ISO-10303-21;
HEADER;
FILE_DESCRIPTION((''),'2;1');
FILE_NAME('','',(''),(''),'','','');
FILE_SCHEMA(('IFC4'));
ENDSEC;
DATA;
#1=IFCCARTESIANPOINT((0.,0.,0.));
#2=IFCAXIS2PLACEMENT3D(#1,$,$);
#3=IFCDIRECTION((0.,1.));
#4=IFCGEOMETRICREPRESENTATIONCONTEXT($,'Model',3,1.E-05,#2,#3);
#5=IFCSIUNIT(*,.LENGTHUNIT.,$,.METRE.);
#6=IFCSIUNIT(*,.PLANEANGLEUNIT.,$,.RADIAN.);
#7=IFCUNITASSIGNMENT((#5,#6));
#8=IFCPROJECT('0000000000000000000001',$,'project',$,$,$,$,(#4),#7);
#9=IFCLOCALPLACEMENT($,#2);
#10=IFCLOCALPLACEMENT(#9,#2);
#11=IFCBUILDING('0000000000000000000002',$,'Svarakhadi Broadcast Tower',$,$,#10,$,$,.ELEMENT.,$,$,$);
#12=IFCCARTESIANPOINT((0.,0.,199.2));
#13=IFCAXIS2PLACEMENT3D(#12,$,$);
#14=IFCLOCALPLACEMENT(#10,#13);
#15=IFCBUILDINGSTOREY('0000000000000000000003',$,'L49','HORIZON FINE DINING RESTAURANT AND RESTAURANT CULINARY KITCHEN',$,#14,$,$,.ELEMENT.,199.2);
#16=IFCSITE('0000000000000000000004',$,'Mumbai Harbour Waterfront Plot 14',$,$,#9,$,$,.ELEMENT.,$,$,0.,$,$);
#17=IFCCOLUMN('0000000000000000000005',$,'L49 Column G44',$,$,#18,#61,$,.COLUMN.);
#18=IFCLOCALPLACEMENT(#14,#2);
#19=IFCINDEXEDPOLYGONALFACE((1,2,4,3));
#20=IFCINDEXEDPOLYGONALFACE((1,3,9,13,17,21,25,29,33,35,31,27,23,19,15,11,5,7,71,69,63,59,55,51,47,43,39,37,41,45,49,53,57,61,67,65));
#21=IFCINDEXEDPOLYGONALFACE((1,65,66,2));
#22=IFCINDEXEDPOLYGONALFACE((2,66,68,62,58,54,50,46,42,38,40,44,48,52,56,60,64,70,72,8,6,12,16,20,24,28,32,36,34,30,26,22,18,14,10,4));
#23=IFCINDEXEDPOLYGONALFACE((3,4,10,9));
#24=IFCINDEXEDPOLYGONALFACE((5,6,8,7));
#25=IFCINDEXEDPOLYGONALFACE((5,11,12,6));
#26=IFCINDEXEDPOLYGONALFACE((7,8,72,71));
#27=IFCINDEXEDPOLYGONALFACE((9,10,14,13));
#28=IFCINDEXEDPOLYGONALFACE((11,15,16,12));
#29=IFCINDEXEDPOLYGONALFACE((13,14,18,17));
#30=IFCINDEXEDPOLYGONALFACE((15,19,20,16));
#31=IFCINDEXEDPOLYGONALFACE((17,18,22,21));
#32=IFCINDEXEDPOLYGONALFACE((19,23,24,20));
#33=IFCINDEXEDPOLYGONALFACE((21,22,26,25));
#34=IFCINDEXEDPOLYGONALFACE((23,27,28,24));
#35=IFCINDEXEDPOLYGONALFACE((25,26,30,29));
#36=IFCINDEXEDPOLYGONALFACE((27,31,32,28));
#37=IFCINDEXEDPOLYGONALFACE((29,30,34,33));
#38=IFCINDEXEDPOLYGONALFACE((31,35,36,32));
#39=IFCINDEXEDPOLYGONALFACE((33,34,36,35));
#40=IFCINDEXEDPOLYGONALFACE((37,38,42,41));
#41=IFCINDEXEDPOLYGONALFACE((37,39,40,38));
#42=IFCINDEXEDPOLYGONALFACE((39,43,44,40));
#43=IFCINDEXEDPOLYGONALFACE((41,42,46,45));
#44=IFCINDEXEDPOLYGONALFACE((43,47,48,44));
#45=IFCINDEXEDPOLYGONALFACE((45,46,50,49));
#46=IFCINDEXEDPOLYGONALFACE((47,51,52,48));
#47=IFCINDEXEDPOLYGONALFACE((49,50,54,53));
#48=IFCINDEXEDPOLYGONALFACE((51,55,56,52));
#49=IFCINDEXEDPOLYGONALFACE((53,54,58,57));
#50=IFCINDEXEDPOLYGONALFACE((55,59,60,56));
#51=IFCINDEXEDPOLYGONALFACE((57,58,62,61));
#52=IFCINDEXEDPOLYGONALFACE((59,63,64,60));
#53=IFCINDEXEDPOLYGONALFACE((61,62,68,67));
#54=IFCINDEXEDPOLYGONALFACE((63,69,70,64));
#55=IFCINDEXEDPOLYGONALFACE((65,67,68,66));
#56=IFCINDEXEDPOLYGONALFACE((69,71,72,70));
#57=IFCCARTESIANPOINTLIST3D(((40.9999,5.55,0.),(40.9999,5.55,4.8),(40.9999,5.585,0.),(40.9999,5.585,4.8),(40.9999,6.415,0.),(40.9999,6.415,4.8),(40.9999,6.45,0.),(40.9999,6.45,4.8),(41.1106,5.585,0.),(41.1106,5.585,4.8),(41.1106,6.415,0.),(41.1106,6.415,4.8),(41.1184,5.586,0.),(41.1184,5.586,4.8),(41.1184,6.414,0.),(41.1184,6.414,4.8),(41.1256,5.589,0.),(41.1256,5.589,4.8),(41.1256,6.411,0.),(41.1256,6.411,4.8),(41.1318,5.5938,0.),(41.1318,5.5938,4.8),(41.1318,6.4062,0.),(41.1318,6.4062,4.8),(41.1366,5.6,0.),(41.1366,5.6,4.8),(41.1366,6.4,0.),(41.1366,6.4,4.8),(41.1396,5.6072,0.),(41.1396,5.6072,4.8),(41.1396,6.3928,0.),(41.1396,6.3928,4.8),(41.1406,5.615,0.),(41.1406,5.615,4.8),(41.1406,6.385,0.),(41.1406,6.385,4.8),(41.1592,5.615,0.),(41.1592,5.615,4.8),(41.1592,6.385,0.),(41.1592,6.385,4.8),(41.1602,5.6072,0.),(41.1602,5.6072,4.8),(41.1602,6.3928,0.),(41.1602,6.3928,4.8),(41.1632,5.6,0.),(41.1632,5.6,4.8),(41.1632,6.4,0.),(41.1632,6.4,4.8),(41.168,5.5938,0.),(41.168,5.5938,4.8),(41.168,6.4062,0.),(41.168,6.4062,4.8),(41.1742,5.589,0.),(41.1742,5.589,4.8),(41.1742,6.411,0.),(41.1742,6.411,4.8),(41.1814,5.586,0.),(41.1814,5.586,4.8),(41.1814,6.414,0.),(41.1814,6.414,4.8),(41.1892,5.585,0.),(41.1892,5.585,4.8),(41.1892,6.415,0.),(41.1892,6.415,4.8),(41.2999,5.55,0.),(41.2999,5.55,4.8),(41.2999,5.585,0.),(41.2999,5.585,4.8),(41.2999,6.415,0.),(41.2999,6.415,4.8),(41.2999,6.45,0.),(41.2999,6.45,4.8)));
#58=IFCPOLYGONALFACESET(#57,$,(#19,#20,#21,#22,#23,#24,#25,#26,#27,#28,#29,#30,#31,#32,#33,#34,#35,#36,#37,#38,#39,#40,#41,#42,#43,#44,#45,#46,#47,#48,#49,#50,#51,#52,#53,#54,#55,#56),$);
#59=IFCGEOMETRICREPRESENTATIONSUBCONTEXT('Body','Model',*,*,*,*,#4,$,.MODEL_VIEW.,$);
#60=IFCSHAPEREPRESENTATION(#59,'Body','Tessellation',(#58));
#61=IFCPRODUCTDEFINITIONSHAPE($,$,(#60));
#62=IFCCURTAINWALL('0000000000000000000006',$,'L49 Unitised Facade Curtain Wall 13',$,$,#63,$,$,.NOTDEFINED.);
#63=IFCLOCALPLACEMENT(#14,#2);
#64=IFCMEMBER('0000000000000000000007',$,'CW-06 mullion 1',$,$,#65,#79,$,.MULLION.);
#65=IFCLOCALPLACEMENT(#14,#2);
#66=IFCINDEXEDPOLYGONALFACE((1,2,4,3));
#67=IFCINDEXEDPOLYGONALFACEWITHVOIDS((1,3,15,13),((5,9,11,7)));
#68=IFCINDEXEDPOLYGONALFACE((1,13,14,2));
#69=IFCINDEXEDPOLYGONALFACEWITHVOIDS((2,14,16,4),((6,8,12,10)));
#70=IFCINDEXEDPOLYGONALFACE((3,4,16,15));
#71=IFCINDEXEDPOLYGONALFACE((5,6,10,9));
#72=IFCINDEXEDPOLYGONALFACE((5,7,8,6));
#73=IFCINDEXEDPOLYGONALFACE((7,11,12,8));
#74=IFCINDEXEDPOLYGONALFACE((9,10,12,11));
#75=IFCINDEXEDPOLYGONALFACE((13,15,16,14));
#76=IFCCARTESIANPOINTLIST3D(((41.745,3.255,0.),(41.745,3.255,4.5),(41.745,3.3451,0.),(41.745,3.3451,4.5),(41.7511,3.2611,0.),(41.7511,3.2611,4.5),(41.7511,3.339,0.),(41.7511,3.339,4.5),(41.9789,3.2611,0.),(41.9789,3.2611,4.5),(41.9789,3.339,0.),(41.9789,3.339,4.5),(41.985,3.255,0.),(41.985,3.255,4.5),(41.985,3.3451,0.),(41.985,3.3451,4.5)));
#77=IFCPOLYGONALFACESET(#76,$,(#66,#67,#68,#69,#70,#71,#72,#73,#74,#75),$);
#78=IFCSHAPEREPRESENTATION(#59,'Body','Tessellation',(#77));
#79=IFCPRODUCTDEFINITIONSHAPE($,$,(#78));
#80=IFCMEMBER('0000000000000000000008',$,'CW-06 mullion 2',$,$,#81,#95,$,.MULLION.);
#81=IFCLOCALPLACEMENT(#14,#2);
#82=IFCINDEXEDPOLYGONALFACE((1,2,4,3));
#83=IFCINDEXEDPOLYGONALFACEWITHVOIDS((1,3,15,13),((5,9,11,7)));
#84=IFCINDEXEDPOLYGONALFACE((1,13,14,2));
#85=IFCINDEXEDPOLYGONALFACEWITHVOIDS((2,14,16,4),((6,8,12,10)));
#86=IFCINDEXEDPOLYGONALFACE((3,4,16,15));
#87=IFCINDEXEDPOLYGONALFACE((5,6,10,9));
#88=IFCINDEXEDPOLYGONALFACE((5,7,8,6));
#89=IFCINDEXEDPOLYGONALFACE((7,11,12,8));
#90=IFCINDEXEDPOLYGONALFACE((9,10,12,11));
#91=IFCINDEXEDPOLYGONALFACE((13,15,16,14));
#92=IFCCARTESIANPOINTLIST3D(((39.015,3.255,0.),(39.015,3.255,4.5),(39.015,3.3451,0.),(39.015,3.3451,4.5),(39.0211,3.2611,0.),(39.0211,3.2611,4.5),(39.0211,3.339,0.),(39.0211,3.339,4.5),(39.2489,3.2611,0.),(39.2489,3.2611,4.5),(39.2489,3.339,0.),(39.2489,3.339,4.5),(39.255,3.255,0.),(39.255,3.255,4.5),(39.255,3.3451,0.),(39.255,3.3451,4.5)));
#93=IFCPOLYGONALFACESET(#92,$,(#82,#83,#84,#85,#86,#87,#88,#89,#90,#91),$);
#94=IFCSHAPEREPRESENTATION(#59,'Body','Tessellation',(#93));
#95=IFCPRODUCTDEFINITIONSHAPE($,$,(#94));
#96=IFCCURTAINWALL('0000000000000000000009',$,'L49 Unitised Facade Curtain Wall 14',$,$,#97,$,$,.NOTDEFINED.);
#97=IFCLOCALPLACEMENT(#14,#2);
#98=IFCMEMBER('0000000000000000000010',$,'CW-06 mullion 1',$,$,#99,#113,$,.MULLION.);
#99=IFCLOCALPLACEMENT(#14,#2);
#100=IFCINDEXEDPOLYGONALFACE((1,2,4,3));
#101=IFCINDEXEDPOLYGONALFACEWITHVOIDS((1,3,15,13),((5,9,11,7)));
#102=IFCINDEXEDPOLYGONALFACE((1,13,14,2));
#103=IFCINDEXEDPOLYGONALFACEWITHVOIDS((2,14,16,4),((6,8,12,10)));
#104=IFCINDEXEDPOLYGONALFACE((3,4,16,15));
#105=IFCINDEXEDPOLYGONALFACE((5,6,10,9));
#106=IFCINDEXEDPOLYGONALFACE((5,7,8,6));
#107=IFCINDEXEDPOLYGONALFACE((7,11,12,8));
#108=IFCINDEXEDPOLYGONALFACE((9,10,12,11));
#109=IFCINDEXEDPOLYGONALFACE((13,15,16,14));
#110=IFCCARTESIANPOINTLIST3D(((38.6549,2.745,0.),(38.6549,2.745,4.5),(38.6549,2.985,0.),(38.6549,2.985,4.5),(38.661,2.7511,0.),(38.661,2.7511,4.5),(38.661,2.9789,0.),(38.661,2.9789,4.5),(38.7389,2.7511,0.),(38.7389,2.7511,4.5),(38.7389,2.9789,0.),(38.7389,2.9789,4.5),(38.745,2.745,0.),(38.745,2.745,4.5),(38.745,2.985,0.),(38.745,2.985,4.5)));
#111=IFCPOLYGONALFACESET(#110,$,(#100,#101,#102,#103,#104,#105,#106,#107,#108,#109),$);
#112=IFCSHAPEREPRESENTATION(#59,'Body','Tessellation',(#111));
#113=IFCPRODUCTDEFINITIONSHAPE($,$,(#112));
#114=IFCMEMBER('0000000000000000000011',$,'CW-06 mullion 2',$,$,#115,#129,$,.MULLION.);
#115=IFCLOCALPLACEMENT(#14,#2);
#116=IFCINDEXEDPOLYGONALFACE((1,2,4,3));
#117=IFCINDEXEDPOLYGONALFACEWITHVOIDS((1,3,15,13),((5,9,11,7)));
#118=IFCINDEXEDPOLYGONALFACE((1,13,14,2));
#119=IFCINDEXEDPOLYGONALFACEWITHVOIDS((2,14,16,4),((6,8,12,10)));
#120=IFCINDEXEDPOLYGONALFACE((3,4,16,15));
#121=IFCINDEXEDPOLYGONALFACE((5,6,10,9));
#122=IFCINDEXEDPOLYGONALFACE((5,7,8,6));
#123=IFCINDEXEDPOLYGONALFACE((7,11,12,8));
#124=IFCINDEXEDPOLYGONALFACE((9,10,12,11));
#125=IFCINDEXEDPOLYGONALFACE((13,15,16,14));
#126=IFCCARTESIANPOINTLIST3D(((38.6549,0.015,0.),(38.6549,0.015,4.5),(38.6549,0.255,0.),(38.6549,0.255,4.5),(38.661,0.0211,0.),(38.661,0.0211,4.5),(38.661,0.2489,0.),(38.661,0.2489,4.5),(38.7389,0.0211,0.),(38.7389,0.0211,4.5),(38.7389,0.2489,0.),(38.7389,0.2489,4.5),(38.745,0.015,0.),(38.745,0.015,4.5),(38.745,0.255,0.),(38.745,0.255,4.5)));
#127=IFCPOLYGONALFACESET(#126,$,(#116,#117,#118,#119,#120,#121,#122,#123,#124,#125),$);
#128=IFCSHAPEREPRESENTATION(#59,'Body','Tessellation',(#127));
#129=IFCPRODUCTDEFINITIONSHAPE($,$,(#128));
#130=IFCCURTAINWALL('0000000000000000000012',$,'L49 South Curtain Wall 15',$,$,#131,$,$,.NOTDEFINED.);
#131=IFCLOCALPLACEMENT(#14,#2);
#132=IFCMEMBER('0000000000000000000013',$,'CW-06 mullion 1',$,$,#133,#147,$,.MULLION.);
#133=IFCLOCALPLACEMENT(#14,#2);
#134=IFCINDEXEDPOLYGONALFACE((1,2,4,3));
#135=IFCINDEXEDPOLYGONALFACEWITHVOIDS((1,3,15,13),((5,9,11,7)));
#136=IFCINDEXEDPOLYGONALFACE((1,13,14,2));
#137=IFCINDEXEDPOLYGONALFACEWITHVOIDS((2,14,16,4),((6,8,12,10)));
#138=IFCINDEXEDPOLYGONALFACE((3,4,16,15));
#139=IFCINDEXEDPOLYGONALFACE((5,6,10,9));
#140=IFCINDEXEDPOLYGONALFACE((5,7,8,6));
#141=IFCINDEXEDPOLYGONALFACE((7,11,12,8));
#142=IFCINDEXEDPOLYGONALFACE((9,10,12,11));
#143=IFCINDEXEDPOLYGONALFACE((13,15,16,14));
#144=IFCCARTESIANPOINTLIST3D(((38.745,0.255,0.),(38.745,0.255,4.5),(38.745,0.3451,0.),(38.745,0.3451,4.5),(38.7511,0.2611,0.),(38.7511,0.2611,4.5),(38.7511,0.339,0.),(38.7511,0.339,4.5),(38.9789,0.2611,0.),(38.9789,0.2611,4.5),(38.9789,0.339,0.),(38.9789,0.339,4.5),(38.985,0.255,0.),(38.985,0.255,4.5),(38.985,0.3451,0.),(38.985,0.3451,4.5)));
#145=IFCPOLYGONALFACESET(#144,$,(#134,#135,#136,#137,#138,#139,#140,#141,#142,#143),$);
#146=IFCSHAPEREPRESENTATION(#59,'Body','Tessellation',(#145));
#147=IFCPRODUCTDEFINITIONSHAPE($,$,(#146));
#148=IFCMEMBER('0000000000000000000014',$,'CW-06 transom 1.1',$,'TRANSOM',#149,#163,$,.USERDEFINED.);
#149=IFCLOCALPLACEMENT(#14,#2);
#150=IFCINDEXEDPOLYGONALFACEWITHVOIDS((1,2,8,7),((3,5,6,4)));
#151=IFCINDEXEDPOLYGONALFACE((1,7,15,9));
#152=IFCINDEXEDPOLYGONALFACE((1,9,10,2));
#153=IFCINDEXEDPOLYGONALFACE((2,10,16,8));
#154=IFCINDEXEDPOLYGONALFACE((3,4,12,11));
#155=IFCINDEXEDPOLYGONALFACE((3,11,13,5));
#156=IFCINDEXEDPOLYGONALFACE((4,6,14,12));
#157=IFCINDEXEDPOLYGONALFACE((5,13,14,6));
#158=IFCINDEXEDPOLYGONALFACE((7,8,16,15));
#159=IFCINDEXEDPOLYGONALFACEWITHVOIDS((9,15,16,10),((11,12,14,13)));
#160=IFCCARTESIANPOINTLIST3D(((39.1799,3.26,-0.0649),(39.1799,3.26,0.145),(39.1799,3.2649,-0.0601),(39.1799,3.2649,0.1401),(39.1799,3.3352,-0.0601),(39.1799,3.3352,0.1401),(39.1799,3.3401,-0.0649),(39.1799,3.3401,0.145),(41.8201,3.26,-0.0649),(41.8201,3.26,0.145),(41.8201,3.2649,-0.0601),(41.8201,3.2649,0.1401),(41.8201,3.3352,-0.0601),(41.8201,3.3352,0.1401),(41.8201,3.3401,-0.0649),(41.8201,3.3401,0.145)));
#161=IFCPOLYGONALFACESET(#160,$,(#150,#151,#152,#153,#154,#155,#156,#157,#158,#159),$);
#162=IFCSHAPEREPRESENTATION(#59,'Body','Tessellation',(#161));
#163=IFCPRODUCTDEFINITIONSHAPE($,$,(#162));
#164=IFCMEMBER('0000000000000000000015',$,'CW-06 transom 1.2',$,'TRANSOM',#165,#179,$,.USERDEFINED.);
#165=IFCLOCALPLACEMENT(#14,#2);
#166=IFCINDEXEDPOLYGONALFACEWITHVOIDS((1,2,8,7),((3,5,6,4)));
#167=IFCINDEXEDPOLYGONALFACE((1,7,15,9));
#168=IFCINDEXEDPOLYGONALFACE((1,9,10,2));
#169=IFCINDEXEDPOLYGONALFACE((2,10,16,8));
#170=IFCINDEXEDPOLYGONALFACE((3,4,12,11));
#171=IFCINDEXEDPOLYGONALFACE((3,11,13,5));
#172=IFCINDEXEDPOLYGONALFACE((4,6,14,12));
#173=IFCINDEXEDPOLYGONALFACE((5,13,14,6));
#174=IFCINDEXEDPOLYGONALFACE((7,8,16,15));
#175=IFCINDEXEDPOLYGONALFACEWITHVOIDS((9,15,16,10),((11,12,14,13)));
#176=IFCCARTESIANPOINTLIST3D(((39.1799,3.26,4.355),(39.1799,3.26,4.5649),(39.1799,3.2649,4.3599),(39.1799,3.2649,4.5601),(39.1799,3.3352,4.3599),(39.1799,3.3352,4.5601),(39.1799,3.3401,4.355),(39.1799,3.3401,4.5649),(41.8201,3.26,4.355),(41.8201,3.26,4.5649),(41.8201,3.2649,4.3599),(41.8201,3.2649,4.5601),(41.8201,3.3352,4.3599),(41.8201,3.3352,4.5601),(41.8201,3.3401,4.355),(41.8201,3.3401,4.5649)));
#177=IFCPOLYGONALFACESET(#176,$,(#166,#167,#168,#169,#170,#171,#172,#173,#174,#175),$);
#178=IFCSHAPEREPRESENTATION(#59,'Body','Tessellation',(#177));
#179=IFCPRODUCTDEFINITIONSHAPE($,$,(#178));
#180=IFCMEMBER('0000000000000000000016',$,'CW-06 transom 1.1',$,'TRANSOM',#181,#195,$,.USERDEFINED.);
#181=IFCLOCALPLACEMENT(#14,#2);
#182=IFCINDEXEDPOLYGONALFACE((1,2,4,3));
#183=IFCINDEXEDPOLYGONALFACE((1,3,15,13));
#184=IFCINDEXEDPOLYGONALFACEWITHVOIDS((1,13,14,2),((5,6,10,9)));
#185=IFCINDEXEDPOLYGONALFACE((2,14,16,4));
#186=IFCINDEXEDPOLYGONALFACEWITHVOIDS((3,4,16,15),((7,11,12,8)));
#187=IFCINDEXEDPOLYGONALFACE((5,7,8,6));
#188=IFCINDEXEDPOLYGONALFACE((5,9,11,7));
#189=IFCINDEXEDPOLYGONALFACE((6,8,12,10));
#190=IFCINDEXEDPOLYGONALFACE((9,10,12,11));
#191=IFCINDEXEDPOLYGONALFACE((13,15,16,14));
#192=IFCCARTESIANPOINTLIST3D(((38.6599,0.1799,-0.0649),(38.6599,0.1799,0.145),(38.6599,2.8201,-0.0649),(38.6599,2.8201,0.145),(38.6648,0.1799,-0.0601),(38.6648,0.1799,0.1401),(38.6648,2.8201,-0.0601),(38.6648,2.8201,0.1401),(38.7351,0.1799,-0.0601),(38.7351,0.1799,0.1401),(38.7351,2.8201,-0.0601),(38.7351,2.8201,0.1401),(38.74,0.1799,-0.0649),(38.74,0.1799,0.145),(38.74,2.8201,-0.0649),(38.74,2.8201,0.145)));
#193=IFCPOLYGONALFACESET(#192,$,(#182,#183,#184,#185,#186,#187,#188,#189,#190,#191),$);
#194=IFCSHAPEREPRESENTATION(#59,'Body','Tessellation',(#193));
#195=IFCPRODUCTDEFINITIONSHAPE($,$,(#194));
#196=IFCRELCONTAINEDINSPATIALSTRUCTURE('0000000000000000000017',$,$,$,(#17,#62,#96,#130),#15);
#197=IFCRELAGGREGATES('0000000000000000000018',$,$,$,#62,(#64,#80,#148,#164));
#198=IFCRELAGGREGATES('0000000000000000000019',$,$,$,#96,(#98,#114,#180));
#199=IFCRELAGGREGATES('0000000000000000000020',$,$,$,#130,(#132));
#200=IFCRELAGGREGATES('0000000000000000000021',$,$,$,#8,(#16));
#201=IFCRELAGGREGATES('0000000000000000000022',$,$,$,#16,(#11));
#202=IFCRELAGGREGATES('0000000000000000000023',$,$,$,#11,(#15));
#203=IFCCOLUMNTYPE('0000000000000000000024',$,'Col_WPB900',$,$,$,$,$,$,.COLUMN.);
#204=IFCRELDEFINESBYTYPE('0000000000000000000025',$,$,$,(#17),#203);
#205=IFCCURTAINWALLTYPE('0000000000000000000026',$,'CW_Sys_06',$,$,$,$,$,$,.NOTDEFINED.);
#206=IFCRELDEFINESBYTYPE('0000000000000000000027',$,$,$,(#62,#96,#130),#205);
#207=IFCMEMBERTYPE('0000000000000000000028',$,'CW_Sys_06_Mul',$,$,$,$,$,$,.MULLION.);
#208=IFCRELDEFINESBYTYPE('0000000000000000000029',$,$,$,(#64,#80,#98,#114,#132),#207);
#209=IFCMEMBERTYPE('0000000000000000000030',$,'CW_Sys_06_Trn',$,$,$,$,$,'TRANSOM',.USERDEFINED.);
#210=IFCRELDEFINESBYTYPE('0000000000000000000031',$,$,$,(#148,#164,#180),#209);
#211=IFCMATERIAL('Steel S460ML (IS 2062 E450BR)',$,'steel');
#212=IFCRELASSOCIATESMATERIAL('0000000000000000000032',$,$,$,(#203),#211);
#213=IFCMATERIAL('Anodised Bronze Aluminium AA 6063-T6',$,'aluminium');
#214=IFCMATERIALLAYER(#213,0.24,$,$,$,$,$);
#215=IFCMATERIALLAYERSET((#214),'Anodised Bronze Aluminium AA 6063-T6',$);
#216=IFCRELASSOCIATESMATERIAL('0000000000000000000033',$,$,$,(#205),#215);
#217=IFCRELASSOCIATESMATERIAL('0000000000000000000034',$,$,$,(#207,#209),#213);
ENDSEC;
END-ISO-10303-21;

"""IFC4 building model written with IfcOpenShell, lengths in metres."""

from ifc_helpers import new_model, si_unit, direction, frame, origin, origin_2d, place, context, subcontext, project, spatial, hollow_rectangle, i_section, extrude, material, layer, layer_set, material_profile, profile_set, type_object, element, aggregate, save


model = new_model("IFC4")

# Units and contexts
model_context = context("Model", 3, precision=1e-05, world=origin(), true_north=direction((0.0, 1.0)))
body_context = subcontext(model_context, "Body", "Model", "MODEL_VIEW")
ifc_project = project(units=[si_unit("LENGTHUNIT", "METRE"), si_unit("PLANEANGLEUNIT", "RADIAN")], contexts=[model_context])

# Site, building, storey
site_placement = place(None, origin())
site = spatial("IfcSite", under=ifc_project, at=site_placement, Name="Mumbai Harbour Waterfront Plot 14", CompositionType="ELEMENT", RefElevation=0.0)
building_placement = place(site_placement, origin())
building = spatial("IfcBuilding", under=site, at=building_placement, Name="Svarakhadi Broadcast Tower", CompositionType="ELEMENT")
storey_placement = place(building_placement, frame((0.0, 0.0, 199.2)))
storey = spatial("IfcBuildingStorey", under=building, at=storey_placement, Name="L49", Description="HORIZON FINE DINING RESTAURANT AND RESTAURANT CULINARY KITCHEN", CompositionType="ELEMENT", Elevation=199.2)

# Column
ifc_material_1 = material(Name="Steel S460ML (IS 2062 E450BR)", Category="steel")
ifc_material_profile_1 = material_profile(ifc_material_1, i_section(OverallWidth=0.3, OverallDepth=0.8999, WebThickness=0.0186, FlangeThickness=0.0349, FilletRadius=0.03, at=origin_2d()), Name="WPB 900x300x291")
ifc_profile_set_1 = profile_set([ifc_material_profile_1], Name="Steel S460ML (IS 2062 E450BR)")
column_type = type_object("IfcColumnType", Name="Col_WPB900", PredefinedType="COLUMN", material=ifc_profile_set_1)
column_placement = place(storey_placement, frame((41.1499, 6.0, 0.0), z_axis=(0.0, 0.0, 1.0), x_axis=(1.0, 0.0, 0.0)))
element("IfcColumn", 1, at=column_placement, inside=storey, type_object=column_type, Name="L49 Column G44", PredefinedType="COLUMN", context=body_context, shape_type="SweptSolid", body=[
    extrude(i_section(OverallWidth=0.3, OverallDepth=0.8999, WebThickness=0.0186, FlangeThickness=0.0349, FilletRadius=0.03, at=origin_2d()), origin(), (0.0, 0.0, 1.0), 4.8),
])

# Curtain walls, members
ifc_material_2 = material(Name="Anodised Bronze Aluminium AA 6063-T6", Category="aluminium")
ifc_layer_1 = layer(ifc_material_2, 0.24)
ifc_layer_set_1 = layer_set([ifc_layer_1], Name="Anodised Bronze Aluminium AA 6063-T6")
curtain_wall_type = type_object("IfcCurtainWallType", Name="CW_Sys_06", PredefinedType="NOTDEFINED", material=ifc_layer_set_1)
curtain_wall_1_placement = place(storey_placement, origin())
curtain_wall_1 = element("IfcCurtainWall", 2, at=curtain_wall_1_placement, inside=storey, type_object=curtain_wall_type, Name="L49 Unitised Facade Curtain Wall 13", PredefinedType="NOTDEFINED")
ifc_material_profile_2 = material_profile(ifc_material_2, hollow_rectangle(XDim=0.0901, YDim=0.24, WallThickness=0.0061, at=origin_2d()), Name="ALU MULLION 240x90x6")
ifc_profile_set_2 = profile_set([ifc_material_profile_2], Name="Anodised Bronze Aluminium AA 6063-T6")
member_type_1 = type_object("IfcMemberType", Name="CW_Sys_06_Mul", PredefinedType="MULLION", material=ifc_profile_set_2)
member_1_placement = place(storey_placement, frame((41.865, 3.3, 0.0), z_axis=(0.0, 0.0, 1.0), x_axis=(0.0, -1.0, 0.0)))
member_1 = element("IfcMember", 3, at=member_1_placement, type_object=member_type_1, Name="CW-06 mullion 1", PredefinedType="MULLION", context=body_context, shape_type="SweptSolid", body=[
    extrude(hollow_rectangle(XDim=0.0901, YDim=0.24, WallThickness=0.0061, at=origin_2d()), origin(), (0.0, 0.0, 1.0), 4.5),
])
member_2_placement = place(storey_placement, frame((39.135, 3.3, 0.0), z_axis=(0.0, 0.0, 1.0), x_axis=(0.0, -1.0, 0.0)))
member_2 = element("IfcMember", 4, at=member_2_placement, type_object=member_type_1, Name="CW-06 mullion 2", PredefinedType="MULLION", context=body_context, shape_type="SweptSolid", body=[
    extrude(hollow_rectangle(XDim=0.0901, YDim=0.24, WallThickness=0.0061, at=origin_2d()), origin(), (0.0, 0.0, 1.0), 4.5),
])
curtain_wall_2_placement = place(storey_placement, origin())
curtain_wall_2 = element("IfcCurtainWall", 5, at=curtain_wall_2_placement, inside=storey, type_object=curtain_wall_type, Name="L49 Unitised Facade Curtain Wall 14", PredefinedType="NOTDEFINED")
member_3_placement = place(storey_placement, frame((38.7, 2.865, 0.0), z_axis=(0.0, 0.0, 1.0), x_axis=(1.0, 0.0, 0.0)))
member_3 = element("IfcMember", 6, at=member_3_placement, type_object=member_type_1, Name="CW-06 mullion 1", PredefinedType="MULLION", context=body_context, shape_type="SweptSolid", body=[
    extrude(hollow_rectangle(XDim=0.0901, YDim=0.24, WallThickness=0.0061, at=origin_2d()), origin(), (0.0, 0.0, 1.0), 4.5),
])
member_4_placement = place(storey_placement, frame((38.7, 0.135, 0.0), z_axis=(0.0, 0.0, 1.0), x_axis=(1.0, 0.0, 0.0)))
member_4 = element("IfcMember", 7, at=member_4_placement, type_object=member_type_1, Name="CW-06 mullion 2", PredefinedType="MULLION", context=body_context, shape_type="SweptSolid", body=[
    extrude(hollow_rectangle(XDim=0.0901, YDim=0.24, WallThickness=0.0061, at=origin_2d()), origin(), (0.0, 0.0, 1.0), 4.5),
])

# Curtain wall, member
curtain_wall_3_placement = place(storey_placement, origin())
curtain_wall_3 = element("IfcCurtainWall", 8, at=curtain_wall_3_placement, inside=storey, type_object=curtain_wall_type, Name="L49 South Curtain Wall 15", PredefinedType="NOTDEFINED")
member_5_placement = place(storey_placement, frame((38.865, 0.3, 0.0), z_axis=(0.0, 0.0, 1.0), x_axis=(0.0, -1.0, 0.0)))
member_5 = element("IfcMember", 9, at=member_5_placement, type_object=member_type_1, Name="CW-06 mullion 1", PredefinedType="MULLION", context=body_context, shape_type="SweptSolid", body=[
    extrude(hollow_rectangle(XDim=0.0901, YDim=0.24, WallThickness=0.0061, at=origin_2d()), origin(), (0.0, 0.0, 1.0), 4.5),
])

# Members
ifc_material_profile_3 = material_profile(ifc_material_2, hollow_rectangle(XDim=0.0801, YDim=0.21, WallThickness=0.0049, at=origin_2d()), Name="ALU TRANSOM 210x80x5")
ifc_profile_set_3 = profile_set([ifc_material_profile_3], Name="Anodised Bronze Aluminium AA 6063-T6")
member_type_2 = type_object("IfcMemberType", Name="CW_Sys_06_Trn", ElementType="TRANSOM", PredefinedType="USERDEFINED", material=ifc_profile_set_3)
member_6_placement = place(storey_placement, frame((41.8201, 3.3, 0.04), z_axis=(-1.0, 0.0, 0.0), x_axis=(0.0, -1.0, 0.0)))
member_6 = element("IfcMember", 10, at=member_6_placement, type_object=member_type_2, Name="CW-06 transom 1.1", ObjectType="TRANSOM", PredefinedType="USERDEFINED", context=body_context, shape_type="SweptSolid", body=[
    extrude(hollow_rectangle(XDim=0.0801, YDim=0.21, WallThickness=0.0049, at=origin_2d()), origin(), (0.0, 0.0, 1.0), 2.6401),
])
member_7_placement = place(storey_placement, frame((41.8201, 3.3, 4.46), z_axis=(-1.0, 0.0, 0.0), x_axis=(0.0, -1.0, 0.0)))
member_7 = element("IfcMember", 11, at=member_7_placement, type_object=member_type_2, Name="CW-06 transom 1.2", ObjectType="TRANSOM", PredefinedType="USERDEFINED", context=body_context, shape_type="SweptSolid", body=[
    extrude(hollow_rectangle(XDim=0.0801, YDim=0.21, WallThickness=0.0049, at=origin_2d()), origin(), (0.0, 0.0, 1.0), 2.6401),
])
member_8_placement = place(storey_placement, frame((38.7, 2.8201, 0.04), z_axis=(0.0, -1.0, 0.0), x_axis=(1.0, 0.0, 0.0)))
member_8 = element("IfcMember", 12, at=member_8_placement, type_object=member_type_2, Name="CW-06 transom 1.1", ObjectType="TRANSOM", PredefinedType="USERDEFINED", context=body_context, shape_type="SweptSolid", body=[
    extrude(hollow_rectangle(XDim=0.0801, YDim=0.21, WallThickness=0.0049, at=origin_2d()), origin(), (0.0, 0.0, 1.0), 2.6401),
])

aggregate(curtain_wall_1, [member_1, member_2, member_6, member_7])
aggregate(curtain_wall_2, [member_3, member_4, member_8])
aggregate(curtain_wall_3, [member_5])

save(model, "model.ifc")
